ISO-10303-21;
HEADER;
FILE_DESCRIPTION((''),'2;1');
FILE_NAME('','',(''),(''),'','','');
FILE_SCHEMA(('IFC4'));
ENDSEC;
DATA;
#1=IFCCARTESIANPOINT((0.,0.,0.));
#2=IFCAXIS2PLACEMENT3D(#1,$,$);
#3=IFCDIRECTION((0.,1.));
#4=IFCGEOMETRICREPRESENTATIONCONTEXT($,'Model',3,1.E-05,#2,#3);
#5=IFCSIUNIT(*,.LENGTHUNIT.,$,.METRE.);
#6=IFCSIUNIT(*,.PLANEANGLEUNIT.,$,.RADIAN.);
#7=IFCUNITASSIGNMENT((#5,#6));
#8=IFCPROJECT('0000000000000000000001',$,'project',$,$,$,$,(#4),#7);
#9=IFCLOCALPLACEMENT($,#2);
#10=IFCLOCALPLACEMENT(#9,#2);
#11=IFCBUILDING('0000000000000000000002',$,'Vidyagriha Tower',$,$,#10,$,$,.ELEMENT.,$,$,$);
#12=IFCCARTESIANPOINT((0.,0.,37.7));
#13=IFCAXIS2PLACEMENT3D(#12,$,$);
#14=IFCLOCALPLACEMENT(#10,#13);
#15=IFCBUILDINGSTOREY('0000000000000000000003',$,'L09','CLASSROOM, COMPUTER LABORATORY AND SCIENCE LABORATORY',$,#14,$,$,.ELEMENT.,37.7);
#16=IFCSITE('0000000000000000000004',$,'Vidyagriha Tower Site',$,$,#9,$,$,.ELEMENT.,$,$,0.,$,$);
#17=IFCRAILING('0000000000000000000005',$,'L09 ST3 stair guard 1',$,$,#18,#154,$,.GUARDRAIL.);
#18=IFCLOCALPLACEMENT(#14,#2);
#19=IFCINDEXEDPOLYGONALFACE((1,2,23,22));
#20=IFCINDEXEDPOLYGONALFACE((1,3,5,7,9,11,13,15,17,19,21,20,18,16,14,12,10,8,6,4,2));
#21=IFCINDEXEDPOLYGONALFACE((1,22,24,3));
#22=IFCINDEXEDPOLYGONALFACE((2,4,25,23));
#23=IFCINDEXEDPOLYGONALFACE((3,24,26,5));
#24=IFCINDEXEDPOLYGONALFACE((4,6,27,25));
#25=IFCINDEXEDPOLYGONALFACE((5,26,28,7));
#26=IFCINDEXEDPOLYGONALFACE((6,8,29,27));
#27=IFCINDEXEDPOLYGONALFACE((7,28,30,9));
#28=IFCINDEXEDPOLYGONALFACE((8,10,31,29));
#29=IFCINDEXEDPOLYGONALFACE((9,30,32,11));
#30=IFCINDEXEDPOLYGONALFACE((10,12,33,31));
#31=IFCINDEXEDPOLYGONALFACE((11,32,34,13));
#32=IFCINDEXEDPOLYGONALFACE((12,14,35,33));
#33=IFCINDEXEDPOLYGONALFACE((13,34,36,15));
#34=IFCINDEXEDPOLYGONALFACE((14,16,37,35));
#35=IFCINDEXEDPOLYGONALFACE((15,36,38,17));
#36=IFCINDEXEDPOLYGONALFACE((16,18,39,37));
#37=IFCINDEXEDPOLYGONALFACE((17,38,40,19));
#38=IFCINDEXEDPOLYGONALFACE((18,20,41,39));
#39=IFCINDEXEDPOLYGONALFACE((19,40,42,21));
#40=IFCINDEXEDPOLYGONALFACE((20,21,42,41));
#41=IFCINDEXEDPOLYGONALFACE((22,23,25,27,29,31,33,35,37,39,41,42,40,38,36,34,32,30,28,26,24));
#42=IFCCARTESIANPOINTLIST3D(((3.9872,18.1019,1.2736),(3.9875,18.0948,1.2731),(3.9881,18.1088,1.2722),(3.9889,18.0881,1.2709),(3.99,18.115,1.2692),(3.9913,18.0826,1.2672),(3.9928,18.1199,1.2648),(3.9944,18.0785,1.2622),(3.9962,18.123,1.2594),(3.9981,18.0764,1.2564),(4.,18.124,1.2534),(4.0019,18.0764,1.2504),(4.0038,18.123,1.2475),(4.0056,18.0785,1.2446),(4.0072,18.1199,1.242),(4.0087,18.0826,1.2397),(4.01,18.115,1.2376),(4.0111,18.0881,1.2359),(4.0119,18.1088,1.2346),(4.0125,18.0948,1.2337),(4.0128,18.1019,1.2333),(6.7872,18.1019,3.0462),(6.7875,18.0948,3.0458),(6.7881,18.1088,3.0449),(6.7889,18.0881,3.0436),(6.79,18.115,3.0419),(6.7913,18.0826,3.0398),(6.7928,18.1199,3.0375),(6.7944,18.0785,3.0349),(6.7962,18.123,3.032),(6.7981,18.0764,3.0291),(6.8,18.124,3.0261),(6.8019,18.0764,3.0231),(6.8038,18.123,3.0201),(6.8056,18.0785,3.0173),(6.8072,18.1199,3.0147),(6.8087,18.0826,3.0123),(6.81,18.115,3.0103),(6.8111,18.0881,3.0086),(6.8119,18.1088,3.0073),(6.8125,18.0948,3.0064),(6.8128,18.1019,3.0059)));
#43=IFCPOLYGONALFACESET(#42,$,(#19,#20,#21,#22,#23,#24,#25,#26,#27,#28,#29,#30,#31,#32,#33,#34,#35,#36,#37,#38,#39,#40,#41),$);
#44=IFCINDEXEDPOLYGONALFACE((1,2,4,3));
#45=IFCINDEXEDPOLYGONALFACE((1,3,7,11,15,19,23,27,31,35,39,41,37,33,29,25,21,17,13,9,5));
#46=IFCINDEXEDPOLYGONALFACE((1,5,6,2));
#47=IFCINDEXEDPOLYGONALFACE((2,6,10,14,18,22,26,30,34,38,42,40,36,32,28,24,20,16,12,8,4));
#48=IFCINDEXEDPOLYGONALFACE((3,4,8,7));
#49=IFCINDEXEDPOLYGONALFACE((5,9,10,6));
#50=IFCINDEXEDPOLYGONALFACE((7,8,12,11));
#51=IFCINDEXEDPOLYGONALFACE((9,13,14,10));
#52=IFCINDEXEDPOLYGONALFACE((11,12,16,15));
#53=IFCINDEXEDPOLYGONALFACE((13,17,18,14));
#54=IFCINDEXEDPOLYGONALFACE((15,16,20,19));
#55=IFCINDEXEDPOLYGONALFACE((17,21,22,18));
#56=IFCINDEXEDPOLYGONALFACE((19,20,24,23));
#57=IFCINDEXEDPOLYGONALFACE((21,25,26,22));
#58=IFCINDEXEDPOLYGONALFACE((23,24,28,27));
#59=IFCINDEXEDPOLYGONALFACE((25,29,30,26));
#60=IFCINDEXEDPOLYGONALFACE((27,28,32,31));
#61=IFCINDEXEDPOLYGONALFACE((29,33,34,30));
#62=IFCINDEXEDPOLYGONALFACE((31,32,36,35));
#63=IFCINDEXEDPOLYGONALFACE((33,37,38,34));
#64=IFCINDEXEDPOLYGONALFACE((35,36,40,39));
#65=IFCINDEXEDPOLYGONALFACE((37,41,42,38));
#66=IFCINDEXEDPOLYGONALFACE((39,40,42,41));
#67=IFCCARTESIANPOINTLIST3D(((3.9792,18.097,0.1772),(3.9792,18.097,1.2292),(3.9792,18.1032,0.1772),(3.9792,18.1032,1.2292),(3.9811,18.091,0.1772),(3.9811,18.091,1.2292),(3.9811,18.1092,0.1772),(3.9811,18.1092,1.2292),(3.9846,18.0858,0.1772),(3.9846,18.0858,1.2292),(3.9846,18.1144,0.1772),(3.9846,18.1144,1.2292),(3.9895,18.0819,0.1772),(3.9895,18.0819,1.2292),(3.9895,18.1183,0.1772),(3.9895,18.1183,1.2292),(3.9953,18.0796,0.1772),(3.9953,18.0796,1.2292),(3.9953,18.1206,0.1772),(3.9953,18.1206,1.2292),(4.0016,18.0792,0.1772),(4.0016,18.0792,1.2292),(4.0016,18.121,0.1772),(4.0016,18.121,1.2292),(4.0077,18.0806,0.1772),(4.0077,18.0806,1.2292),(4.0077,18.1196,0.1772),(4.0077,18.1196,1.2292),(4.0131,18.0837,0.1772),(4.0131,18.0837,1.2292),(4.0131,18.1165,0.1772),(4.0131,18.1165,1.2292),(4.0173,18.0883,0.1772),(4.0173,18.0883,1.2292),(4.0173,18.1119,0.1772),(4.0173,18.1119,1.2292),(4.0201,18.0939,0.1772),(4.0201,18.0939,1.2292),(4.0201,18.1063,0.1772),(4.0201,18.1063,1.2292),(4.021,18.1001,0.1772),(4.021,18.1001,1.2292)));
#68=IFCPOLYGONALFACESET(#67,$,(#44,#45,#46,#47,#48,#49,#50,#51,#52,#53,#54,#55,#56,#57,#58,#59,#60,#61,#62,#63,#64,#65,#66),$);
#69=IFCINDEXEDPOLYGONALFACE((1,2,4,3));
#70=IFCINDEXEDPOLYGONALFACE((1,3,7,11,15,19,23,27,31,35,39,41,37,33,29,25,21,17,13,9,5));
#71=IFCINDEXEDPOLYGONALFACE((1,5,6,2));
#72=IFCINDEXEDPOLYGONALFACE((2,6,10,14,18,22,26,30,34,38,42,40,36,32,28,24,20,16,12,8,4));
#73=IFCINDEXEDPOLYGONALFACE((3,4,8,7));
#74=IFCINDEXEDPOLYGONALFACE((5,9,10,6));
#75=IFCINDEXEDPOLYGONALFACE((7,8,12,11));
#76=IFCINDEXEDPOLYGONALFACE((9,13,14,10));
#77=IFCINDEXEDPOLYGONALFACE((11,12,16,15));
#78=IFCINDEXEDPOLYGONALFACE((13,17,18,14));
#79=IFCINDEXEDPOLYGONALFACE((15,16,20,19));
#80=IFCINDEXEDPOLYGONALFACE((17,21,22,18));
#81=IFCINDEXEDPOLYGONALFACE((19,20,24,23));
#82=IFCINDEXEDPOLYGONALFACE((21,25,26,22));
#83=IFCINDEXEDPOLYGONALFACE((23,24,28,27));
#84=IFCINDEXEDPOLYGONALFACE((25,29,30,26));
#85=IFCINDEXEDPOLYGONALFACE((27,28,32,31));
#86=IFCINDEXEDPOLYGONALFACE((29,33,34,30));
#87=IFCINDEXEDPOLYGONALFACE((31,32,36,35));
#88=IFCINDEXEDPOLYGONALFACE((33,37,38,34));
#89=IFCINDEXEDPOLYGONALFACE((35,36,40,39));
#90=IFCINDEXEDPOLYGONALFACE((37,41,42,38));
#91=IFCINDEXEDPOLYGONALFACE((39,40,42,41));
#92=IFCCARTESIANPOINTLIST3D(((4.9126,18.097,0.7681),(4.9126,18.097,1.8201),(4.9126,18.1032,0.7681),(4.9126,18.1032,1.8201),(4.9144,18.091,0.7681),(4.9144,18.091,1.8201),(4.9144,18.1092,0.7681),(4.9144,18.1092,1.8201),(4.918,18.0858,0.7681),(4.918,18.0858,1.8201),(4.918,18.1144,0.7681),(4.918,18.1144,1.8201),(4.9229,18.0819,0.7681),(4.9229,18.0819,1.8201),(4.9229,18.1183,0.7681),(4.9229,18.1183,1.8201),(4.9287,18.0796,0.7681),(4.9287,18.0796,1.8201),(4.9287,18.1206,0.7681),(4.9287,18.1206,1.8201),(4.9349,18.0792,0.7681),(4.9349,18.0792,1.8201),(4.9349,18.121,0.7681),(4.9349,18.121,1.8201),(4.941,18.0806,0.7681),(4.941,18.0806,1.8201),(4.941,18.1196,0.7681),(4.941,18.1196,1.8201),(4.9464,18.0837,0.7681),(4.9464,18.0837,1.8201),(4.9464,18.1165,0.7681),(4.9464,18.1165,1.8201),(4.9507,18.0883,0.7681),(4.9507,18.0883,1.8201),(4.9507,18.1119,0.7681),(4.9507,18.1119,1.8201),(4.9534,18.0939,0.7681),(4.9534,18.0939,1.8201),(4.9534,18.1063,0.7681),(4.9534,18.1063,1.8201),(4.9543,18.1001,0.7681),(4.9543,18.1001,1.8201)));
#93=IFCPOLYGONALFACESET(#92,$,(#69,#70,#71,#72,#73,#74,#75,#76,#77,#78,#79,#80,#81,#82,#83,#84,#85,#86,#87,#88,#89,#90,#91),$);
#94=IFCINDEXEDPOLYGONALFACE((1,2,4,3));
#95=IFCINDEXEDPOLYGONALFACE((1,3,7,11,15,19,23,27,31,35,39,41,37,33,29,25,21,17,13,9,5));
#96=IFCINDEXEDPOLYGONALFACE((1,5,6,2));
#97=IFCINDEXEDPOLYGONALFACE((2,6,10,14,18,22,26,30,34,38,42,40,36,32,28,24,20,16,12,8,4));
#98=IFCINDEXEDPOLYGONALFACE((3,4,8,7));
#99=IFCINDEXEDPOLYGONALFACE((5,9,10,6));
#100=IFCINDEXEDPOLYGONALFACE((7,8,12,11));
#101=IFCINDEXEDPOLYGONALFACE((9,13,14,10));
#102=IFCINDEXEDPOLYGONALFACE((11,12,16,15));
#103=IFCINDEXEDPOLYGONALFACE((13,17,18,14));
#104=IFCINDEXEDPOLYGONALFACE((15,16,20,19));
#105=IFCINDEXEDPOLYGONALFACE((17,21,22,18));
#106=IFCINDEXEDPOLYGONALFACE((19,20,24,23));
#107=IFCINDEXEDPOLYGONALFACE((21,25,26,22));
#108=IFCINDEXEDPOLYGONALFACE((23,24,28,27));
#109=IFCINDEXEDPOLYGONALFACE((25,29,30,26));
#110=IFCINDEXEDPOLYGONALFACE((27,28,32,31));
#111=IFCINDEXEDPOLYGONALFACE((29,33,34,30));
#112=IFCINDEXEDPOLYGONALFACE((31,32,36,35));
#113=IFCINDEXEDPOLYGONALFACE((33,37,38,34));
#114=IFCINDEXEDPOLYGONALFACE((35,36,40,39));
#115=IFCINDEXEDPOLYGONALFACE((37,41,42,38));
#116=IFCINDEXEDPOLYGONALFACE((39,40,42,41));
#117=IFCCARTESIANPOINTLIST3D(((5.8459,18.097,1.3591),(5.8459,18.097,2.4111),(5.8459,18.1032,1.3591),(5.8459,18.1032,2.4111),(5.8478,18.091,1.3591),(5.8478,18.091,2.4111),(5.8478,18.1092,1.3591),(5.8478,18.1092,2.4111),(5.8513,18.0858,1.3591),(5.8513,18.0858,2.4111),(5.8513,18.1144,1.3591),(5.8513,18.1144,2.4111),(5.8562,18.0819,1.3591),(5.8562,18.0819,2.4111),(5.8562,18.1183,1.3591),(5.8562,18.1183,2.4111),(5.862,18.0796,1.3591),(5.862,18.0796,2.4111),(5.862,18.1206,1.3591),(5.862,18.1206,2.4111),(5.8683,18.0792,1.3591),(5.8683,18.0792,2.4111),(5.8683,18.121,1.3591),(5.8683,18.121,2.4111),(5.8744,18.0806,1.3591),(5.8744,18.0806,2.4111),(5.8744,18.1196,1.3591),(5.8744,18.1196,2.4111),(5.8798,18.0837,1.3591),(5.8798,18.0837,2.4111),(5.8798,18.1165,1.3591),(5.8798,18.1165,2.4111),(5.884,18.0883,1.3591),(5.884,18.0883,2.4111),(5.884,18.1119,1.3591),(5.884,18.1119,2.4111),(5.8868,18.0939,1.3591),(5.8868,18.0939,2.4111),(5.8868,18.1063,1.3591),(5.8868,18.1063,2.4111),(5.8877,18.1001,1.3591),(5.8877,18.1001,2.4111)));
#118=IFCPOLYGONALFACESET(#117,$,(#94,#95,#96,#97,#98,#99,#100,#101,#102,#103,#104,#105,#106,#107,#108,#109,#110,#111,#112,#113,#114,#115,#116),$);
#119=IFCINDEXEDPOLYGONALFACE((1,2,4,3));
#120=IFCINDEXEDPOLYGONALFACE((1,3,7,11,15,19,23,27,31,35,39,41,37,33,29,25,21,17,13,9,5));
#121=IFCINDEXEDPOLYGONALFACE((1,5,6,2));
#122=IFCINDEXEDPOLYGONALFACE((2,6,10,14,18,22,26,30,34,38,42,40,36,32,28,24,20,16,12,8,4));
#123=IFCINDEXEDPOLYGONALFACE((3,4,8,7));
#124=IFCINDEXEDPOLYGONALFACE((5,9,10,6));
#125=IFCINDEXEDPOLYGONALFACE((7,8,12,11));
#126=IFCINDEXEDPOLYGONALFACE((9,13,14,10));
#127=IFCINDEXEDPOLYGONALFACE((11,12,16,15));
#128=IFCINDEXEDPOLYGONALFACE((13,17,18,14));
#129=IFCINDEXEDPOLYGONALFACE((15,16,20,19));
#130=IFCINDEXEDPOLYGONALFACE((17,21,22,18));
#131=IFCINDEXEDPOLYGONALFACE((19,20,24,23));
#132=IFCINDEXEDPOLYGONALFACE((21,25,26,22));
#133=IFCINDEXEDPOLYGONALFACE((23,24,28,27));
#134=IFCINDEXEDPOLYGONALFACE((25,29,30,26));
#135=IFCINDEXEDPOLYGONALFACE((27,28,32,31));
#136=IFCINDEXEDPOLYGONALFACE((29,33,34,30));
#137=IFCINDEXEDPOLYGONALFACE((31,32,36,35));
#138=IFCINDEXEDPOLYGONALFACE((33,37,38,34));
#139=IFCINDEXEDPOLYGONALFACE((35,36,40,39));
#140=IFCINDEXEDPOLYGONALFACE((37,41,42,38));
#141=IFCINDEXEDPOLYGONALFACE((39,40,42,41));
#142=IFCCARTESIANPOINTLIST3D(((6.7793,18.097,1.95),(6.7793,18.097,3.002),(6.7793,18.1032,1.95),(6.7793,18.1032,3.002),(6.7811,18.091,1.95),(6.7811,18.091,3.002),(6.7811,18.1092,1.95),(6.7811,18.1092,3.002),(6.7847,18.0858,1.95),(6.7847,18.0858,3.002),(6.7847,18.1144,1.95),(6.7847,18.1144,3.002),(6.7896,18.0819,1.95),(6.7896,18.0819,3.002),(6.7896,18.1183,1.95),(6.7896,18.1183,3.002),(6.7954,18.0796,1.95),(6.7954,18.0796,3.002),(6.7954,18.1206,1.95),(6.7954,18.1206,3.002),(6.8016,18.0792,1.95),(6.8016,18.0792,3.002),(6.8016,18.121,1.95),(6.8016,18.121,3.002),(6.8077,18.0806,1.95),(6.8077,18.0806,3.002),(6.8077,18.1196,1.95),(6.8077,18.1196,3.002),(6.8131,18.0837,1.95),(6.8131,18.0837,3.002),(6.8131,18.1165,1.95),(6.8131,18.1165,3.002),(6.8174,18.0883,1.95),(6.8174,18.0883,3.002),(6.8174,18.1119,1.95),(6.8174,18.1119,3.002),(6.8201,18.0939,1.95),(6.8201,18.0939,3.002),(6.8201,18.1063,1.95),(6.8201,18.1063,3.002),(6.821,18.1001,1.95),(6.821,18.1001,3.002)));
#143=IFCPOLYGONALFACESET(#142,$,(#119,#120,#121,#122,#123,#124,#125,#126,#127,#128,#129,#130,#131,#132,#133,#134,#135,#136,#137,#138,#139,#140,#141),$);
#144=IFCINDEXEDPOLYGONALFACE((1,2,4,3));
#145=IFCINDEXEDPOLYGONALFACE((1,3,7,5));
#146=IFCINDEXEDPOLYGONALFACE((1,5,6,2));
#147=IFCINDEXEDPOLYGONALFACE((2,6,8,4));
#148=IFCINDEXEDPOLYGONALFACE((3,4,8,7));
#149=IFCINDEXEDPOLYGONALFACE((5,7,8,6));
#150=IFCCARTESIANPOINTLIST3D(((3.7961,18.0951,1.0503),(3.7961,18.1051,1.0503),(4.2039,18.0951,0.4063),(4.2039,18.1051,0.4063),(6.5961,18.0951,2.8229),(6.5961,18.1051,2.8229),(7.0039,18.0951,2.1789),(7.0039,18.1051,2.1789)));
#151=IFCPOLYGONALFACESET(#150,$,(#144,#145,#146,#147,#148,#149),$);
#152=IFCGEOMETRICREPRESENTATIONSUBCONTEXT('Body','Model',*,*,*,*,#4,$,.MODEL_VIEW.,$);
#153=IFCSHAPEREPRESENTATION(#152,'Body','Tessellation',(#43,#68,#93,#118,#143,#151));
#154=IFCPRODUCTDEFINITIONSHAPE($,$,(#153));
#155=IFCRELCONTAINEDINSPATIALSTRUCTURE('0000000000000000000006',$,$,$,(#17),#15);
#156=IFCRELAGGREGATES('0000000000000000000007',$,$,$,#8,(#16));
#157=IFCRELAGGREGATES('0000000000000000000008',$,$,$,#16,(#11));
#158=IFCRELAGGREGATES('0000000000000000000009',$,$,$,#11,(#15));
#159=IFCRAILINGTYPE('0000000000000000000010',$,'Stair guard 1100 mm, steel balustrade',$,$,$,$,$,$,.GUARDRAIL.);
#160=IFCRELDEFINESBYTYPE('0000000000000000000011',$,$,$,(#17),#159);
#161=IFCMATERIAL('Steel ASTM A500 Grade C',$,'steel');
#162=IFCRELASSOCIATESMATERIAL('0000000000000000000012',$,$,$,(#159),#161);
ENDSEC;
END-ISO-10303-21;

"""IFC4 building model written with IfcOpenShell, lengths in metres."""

from ifc_helpers import new_model, si_unit, direction, frame, origin, origin_2d, place, context, subcontext, project, spatial, rectangle, circle, extrude, material, type_object, element, save


model = new_model("IFC4")

# Units and contexts
model_context = context("Model", 3, precision=1e-05, world=origin(), true_north=direction((0.0, 1.0)))
body_context = subcontext(model_context, "Body", "Model", "MODEL_VIEW")
ifc_project = project(units=[si_unit("LENGTHUNIT", "METRE"), si_unit("PLANEANGLEUNIT", "RADIAN")], contexts=[model_context])

# Site, building, storey
site_placement = place(None, origin())
site = spatial("IfcSite", under=ifc_project, at=site_placement, Name="Vidyagriha Tower Site", CompositionType="ELEMENT", RefElevation=0.0)
building_placement = place(site_placement, origin())
building = spatial("IfcBuilding", under=site, at=building_placement, Name="Vidyagriha Tower", CompositionType="ELEMENT")
storey_placement = place(building_placement, frame((0.0, 0.0, 37.7)))
storey = spatial("IfcBuildingStorey", under=building, at=storey_placement, Name="L09", Description="CLASSROOM, COMPUTER LABORATORY AND SCIENCE LABORATORY", CompositionType="ELEMENT", Elevation=37.7)

# Railing
ifc_material_1 = material(Name="Steel ASTM A500 Grade C", Category="steel")
railing_type_1 = type_object("IfcRailingType", Name="Stair guard 1100 mm, steel balustrade", PredefinedType="GUARDRAIL", material=ifc_material_1)
railing_1_placement = place(storey_placement, frame((4.0, 18.1001, 0.1772)))
element("IfcRailing", 1, at=railing_1_placement, inside=storey, type_object=railing_type_1, Name="L09 ST3 stair guard 1", PredefinedType="GUARDRAIL", context=body_context, shape_type="SweptSolid", body=[
    extrude(circle(Radius=0.0239, at=origin_2d()), frame((0.0, 0.0, 1.0762), z_axis=(0.844909, 0.0, 0.53491), x_axis=(0.0, 1.0, 0.0)), (0.0, 0.0, 1.0), 3.314),
    extrude(circle(Radius=0.021, at=origin_2d()), origin(), (0.0, 0.0, 1.0), 1.052),
    extrude(circle(Radius=0.021, at=origin_2d()), frame((0.9333, 0.0, 0.5908)), (0.0, 0.0, 1.0), 1.052),
    extrude(circle(Radius=0.021, at=origin_2d()), frame((1.8667, 0.0, 1.1819)), (0.0, 0.0, 1.0), 1.052),
    extrude(circle(Radius=0.021, at=origin_2d()), frame((2.8, 0.0, 1.7727)), (0.0, 0.0, 1.0), 1.052),
    extrude(rectangle(XDim=0.01, YDim=0.7622, at=origin_2d()), frame((0.0, 0.0, 0.551), z_axis=(0.844909, 0.0, 0.53491), x_axis=(0.0, 1.0, 0.0)), (0.0, 0.0, 1.0), 3.314),
])

save(model, "model.ifc")
